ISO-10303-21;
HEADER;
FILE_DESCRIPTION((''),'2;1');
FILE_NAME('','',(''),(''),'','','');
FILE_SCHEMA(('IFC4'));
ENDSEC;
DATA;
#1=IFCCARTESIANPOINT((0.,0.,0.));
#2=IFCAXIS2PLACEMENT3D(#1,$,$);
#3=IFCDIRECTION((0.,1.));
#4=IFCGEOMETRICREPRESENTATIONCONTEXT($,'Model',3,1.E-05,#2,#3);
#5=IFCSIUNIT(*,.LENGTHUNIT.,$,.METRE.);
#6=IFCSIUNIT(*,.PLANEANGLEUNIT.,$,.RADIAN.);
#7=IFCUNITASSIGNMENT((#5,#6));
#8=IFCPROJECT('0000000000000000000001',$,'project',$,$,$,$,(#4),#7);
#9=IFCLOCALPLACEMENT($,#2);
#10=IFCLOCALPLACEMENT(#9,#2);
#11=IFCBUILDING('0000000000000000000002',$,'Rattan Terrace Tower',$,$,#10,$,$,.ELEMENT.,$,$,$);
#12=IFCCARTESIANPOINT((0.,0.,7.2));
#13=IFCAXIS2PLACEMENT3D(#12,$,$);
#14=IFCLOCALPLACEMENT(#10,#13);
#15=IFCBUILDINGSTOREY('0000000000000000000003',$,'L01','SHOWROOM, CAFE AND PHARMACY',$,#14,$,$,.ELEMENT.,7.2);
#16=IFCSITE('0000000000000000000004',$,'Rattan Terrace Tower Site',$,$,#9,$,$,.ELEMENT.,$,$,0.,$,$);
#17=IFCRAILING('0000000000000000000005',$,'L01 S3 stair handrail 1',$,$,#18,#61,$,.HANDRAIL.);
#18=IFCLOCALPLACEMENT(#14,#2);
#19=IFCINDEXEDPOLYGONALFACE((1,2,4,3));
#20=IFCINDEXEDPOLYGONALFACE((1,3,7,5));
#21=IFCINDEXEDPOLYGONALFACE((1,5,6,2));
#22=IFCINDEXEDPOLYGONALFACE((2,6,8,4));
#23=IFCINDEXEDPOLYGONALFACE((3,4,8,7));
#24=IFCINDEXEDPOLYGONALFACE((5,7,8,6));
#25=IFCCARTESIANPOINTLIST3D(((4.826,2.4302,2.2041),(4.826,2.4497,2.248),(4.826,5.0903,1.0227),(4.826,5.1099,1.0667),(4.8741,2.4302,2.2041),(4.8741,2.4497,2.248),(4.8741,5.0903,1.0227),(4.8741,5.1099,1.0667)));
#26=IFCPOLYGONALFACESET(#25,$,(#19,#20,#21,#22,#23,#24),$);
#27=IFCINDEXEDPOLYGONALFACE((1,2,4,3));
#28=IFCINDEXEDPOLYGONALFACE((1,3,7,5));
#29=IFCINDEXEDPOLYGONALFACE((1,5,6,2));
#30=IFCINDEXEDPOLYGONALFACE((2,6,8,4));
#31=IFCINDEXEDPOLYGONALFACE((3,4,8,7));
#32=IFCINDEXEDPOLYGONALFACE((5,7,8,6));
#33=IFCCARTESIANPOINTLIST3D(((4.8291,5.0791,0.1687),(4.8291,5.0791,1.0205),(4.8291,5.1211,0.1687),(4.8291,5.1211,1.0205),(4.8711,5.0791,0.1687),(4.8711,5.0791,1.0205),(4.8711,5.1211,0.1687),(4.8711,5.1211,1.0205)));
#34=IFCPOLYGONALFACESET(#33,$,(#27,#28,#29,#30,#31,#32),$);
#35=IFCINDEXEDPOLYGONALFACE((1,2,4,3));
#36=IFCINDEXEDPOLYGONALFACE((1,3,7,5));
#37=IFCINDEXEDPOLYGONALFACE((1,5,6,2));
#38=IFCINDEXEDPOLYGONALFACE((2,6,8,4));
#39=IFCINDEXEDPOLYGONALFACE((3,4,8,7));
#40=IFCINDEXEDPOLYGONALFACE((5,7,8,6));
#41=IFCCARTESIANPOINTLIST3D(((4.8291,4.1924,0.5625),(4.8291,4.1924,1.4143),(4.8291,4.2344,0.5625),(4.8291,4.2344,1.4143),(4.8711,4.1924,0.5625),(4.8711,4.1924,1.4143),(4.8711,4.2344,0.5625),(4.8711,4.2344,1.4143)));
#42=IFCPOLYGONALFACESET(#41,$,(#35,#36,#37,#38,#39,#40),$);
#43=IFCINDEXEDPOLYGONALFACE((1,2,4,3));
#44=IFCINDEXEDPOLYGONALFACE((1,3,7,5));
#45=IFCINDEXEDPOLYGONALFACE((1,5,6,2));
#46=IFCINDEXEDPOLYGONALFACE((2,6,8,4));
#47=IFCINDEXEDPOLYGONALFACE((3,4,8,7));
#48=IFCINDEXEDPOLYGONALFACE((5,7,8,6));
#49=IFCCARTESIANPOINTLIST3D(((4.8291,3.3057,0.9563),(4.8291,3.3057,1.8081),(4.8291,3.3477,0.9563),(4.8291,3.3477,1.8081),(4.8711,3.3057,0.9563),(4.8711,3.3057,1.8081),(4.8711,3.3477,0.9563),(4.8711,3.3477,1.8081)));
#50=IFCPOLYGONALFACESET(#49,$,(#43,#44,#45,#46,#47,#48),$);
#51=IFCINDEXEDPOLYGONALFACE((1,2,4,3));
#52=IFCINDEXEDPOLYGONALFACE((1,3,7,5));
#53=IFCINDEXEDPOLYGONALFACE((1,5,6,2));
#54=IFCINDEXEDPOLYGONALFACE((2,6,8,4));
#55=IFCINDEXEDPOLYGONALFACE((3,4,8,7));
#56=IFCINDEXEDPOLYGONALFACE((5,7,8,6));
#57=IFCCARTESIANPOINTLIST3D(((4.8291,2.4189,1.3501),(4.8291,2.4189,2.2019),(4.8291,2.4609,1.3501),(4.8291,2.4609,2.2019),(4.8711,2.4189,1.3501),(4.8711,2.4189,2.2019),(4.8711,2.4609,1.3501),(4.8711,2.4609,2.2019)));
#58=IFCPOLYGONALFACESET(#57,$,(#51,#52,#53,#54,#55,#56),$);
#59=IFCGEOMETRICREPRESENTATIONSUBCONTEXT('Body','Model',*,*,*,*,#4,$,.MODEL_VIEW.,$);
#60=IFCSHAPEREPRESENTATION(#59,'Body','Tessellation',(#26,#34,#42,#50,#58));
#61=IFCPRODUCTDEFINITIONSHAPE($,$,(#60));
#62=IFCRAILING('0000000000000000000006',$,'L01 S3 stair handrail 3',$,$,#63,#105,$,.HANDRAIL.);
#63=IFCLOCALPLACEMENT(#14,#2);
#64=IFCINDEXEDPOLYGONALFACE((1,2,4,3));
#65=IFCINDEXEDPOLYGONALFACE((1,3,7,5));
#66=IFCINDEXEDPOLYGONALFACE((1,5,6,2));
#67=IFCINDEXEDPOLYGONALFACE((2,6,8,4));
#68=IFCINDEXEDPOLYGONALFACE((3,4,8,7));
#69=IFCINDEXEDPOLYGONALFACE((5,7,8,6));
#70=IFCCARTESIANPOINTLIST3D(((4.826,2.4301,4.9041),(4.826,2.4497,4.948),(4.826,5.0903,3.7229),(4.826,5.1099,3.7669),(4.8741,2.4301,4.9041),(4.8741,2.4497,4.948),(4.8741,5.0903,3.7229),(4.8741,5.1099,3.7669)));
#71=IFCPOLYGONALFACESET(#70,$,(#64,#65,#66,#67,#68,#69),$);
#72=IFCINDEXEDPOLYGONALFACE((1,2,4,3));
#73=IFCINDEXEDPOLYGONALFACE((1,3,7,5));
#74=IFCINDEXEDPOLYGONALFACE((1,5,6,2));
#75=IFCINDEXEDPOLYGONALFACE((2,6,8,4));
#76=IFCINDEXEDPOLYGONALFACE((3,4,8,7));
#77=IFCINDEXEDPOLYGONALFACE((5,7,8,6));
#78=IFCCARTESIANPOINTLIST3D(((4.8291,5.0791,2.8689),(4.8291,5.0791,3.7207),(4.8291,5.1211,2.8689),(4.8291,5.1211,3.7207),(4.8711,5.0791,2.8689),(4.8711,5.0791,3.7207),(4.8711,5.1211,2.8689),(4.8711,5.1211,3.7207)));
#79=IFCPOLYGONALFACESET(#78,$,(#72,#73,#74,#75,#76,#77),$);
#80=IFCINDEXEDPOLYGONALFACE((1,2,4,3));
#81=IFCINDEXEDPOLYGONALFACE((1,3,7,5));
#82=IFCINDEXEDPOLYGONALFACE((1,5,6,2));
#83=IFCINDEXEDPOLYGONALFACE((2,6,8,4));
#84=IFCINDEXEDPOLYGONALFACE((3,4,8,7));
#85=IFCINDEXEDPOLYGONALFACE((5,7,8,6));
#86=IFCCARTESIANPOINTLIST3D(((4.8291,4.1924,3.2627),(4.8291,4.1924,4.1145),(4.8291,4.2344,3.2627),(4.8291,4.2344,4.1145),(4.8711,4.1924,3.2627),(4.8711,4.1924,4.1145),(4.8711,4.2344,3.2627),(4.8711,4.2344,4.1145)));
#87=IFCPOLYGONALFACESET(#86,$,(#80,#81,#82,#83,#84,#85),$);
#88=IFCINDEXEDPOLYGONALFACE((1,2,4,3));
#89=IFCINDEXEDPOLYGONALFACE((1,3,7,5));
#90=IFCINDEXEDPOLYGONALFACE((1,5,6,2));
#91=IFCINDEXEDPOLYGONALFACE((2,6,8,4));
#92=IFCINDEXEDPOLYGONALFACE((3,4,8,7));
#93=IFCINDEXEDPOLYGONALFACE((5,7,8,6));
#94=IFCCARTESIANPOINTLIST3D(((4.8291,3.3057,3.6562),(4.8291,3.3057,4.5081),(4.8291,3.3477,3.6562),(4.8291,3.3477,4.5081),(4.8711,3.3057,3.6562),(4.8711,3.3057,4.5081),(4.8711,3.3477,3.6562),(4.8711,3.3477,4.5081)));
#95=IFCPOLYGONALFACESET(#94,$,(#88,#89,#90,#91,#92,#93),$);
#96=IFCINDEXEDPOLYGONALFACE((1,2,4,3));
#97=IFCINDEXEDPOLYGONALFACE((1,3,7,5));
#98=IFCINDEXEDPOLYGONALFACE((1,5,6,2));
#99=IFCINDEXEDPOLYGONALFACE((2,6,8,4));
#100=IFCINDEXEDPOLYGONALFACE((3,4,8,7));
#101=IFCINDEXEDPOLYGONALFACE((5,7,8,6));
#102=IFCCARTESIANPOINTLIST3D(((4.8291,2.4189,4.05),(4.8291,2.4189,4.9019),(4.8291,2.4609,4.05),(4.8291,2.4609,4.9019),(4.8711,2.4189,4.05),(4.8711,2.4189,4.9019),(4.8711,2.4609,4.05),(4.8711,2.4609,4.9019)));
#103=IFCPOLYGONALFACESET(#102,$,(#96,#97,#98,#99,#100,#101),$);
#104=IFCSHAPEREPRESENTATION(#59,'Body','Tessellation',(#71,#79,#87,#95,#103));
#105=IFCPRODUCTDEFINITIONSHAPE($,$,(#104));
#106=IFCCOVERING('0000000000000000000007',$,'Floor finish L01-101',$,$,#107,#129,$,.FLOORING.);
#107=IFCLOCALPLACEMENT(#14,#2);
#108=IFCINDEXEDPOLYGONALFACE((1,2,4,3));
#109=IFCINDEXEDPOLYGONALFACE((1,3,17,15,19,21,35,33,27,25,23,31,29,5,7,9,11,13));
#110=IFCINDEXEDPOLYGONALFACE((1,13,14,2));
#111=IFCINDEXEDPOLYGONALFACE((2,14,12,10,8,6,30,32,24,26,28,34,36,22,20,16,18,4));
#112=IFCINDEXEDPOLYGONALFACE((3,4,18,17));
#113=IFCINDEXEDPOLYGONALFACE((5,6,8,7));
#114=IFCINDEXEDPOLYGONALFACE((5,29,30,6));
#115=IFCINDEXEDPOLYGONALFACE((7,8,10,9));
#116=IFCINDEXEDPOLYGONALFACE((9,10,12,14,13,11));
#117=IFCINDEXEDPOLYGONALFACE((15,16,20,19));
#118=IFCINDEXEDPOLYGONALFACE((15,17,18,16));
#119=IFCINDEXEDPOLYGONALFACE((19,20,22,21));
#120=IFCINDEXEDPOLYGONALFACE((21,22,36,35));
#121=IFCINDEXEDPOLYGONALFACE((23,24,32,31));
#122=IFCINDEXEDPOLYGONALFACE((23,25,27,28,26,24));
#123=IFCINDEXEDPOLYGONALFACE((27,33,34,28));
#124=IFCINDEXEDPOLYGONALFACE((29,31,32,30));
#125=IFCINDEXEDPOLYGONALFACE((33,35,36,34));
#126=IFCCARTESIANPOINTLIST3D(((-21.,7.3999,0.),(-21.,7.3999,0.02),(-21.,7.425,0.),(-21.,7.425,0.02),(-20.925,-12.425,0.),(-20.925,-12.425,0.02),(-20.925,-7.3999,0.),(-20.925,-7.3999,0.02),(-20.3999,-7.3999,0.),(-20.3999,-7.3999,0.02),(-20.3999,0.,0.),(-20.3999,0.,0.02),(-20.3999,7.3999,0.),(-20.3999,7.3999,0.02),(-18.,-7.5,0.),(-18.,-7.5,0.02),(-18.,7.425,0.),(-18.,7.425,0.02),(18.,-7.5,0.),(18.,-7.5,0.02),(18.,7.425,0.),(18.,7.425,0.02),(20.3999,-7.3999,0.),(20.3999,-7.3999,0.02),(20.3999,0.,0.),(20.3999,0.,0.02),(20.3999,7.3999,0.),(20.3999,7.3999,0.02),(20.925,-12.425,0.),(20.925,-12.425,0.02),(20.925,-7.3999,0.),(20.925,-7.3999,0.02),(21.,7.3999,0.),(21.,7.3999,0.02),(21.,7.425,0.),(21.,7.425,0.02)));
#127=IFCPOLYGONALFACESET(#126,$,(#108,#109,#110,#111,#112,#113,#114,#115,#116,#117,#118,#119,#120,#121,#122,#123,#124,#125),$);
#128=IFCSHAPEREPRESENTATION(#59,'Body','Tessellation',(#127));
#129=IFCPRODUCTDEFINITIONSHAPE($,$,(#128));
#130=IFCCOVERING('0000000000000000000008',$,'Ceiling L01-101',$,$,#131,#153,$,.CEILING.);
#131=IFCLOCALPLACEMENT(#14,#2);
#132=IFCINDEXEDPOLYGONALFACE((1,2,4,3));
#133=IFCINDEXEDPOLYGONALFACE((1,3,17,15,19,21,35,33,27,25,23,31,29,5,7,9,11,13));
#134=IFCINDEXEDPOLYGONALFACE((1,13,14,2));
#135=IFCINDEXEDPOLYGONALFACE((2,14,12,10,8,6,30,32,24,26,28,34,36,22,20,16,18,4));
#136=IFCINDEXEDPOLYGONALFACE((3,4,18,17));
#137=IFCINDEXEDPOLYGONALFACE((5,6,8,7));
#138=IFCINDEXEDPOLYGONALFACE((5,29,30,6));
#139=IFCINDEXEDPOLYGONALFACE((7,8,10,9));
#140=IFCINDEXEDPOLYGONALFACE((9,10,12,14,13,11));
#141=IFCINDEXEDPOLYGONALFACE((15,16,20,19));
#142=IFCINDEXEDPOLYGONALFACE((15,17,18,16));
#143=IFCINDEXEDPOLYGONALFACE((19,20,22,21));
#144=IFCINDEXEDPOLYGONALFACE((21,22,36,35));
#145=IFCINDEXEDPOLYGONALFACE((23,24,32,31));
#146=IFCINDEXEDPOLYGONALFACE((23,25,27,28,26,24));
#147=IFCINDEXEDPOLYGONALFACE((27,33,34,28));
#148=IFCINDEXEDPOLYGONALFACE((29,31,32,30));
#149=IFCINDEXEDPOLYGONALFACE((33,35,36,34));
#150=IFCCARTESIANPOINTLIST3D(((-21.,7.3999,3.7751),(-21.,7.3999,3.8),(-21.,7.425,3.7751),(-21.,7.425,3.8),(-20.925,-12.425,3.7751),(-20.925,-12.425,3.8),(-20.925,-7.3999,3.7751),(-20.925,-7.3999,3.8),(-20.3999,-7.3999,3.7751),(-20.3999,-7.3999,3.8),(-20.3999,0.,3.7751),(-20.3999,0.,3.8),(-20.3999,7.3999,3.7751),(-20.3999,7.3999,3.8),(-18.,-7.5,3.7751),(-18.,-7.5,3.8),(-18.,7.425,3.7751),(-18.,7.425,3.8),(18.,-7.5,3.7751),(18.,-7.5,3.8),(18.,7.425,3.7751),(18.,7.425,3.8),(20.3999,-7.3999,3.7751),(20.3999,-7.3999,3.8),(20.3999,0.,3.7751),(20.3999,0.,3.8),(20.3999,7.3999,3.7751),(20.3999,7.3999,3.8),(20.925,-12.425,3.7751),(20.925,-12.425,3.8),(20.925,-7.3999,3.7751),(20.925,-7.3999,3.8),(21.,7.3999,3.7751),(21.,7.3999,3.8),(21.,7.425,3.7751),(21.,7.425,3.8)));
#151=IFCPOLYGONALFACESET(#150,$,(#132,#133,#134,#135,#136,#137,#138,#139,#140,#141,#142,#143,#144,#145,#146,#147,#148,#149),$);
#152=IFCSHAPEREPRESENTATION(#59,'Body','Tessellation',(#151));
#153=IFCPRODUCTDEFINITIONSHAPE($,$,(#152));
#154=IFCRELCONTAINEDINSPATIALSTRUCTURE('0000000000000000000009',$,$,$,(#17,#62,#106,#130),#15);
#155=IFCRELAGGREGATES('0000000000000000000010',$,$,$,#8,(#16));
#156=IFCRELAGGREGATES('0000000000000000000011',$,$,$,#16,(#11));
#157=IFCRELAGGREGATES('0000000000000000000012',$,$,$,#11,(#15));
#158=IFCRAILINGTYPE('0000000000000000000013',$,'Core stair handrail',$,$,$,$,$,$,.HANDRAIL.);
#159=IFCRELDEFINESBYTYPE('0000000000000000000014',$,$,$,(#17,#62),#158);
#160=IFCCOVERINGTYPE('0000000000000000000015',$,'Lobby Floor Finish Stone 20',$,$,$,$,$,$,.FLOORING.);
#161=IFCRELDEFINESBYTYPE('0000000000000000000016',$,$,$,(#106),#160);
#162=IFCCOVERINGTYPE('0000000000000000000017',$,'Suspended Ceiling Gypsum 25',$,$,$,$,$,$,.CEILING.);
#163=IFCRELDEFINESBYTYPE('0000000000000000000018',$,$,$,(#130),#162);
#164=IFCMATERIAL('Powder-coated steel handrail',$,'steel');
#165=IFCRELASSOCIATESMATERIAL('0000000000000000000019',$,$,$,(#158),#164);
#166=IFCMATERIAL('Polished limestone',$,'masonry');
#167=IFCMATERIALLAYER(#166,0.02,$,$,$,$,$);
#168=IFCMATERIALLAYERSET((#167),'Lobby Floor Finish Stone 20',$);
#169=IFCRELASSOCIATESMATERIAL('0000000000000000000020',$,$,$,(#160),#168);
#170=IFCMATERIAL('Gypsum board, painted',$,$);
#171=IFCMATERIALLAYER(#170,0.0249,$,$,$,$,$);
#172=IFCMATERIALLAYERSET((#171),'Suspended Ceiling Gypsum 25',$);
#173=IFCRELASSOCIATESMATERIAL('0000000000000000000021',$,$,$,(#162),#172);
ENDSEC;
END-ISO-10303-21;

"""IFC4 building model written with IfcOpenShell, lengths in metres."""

from ifc_helpers import new_model, si_unit, direction, frame, origin, origin_2d, place, context, subcontext, project, spatial, polyline, rectangle, outline, extrude, material, layer, layer_set, type_object, element, save


model = new_model("IFC4")

# Units and contexts
model_context = context("Model", 3, precision=1e-05, world=origin(), true_north=direction((0.0, 1.0)))
body_context = subcontext(model_context, "Body", "Model", "MODEL_VIEW")
ifc_project = project(units=[si_unit("LENGTHUNIT", "METRE"), si_unit("PLANEANGLEUNIT", "RADIAN")], contexts=[model_context])

# Site, building, storey
site_placement = place(None, origin())
site = spatial("IfcSite", under=ifc_project, at=site_placement, Name="Rattan Terrace Tower Site", CompositionType="ELEMENT", RefElevation=0.0)
building_placement = place(site_placement, origin())
building = spatial("IfcBuilding", under=site, at=building_placement, Name="Rattan Terrace Tower", CompositionType="ELEMENT")
storey_placement = place(building_placement, frame((0.0, 0.0, 7.2)))
storey = spatial("IfcBuildingStorey", under=building, at=storey_placement, Name="L01", Description="SHOWROOM, CAFE AND PHARMACY", CompositionType="ELEMENT", Elevation=7.2)

# Railings
ifc_material_1 = material(Name="Powder-coated steel handrail", Category="steel")
railing_type_1 = type_object("IfcRailingType", Name="Core stair handrail", PredefinedType="HANDRAIL", material=ifc_material_1)
railing_1_placement = place(storey_placement, frame((4.8501, 5.1001, 0.1687)))
element("IfcRailing", 1, at=railing_1_placement, inside=storey, type_object=railing_type_1, Name="L01 S3 stair handrail 1", PredefinedType="HANDRAIL", context=body_context, shape_type="SweptSolid", body=[
    extrude(rectangle(XDim=0.0481, YDim=0.0481, at=origin_2d()), frame((0.0, 0.0, 0.876), z_axis=(0.0, -0.913926, 0.405882), x_axis=(1.0, 0.0, 0.0)), (0.0, 0.0, 1.0), 2.9106),
    extrude(rectangle(XDim=0.042, YDim=0.042, at=origin_2d()), origin(), (0.0, 0.0, 1.0), 0.8518),
    extrude(rectangle(XDim=0.042, YDim=0.042, at=origin_2d()), frame((0.0, -0.8867, 0.3938)), (0.0, 0.0, 1.0), 0.8518),
    extrude(rectangle(XDim=0.042, YDim=0.042, at=origin_2d()), frame((0.0, -1.7734, 0.7876)), (0.0, 0.0, 1.0), 0.8518),
    extrude(rectangle(XDim=0.042, YDim=0.042, at=origin_2d()), frame((0.0, -2.6602, 1.1814)), (0.0, 0.0, 1.0), 0.8518),
])
railing_2_placement = place(storey_placement, frame((4.8501, 5.1001, 2.8689)))
element("IfcRailing", 2, at=railing_2_placement, inside=storey, type_object=railing_type_1, Name="L01 S3 stair handrail 3", PredefinedType="HANDRAIL", context=body_context, shape_type="SweptSolid", body=[
    extrude(rectangle(XDim=0.0481, YDim=0.0481, at=origin_2d()), frame((0.0, 0.0, 0.876), z_axis=(0.0, -0.913957, 0.405812), x_axis=(1.0, 0.0, 0.0)), (0.0, 0.0, 1.0), 2.9106),
    extrude(rectangle(XDim=0.042, YDim=0.042, at=origin_2d()), origin(), (0.0, 0.0, 1.0), 0.8518),
    extrude(rectangle(XDim=0.042, YDim=0.042, at=origin_2d()), frame((0.0, -0.8867, 0.3938)), (0.0, 0.0, 1.0), 0.8518),
    extrude(rectangle(XDim=0.042, YDim=0.042, at=origin_2d()), frame((0.0, -1.7734, 0.7874)), (0.0, 0.0, 1.0), 0.8518),
    extrude(rectangle(XDim=0.042, YDim=0.042, at=origin_2d()), frame((0.0, -2.6602, 1.1812)), (0.0, 0.0, 1.0), 0.8518),
])

# Coverings
ifc_material_2 = material(Name="Polished limestone", Category="masonry")
ifc_layer_1 = layer(ifc_material_2, 0.02)
ifc_layer_set_1 = layer_set([ifc_layer_1], Name="Lobby Floor Finish Stone 20")
covering_type_1 = type_object("IfcCoveringType", Name="Lobby Floor Finish Stone 20", PredefinedType="FLOORING", material=ifc_layer_set_1)
covering_1_placement = place(storey_placement, origin())
element("IfcCovering", 3, at=covering_1_placement, inside=storey, type_object=covering_type_1, Name="Floor finish L01-101", PredefinedType="FLOORING", context=body_context, shape_type="SweptSolid", body=[
    extrude(outline(polyline([(-20.3999, 7.3999), (-20.3999, 0.0), (-20.3999, -7.3999), (-20.925, -7.3999), (-20.925, -12.425), (20.925, -12.425), (20.925, -7.3999), (20.3999, -7.3999), (20.3999, 0.0), (20.3999, 7.3999), (21.0, 7.3999), (21.0, 7.425), (18.0, 7.425), (18.0, -7.5), (-18.0, -7.5), (-18.0, 7.425), (-21.0, 7.425), (-21.0, 7.3999), (-20.3999, 7.3999)])), origin(), (0.0, 0.0, 1.0), 0.02),
])
ifc_material_3 = material(Name="Gypsum board, painted")
ifc_layer_2 = layer(ifc_material_3, 0.0249)
ifc_layer_set_2 = layer_set([ifc_layer_2], Name="Suspended Ceiling Gypsum 25")
covering_type_2 = type_object("IfcCoveringType", Name="Suspended Ceiling Gypsum 25", PredefinedType="CEILING", material=ifc_layer_set_2)
covering_2_placement = place(storey_placement, frame((0.0, 0.0, 3.7751)))
element("IfcCovering", 4, at=covering_2_placement, inside=storey, type_object=covering_type_2, Name="Ceiling L01-101", PredefinedType="CEILING", context=body_context, shape_type="SweptSolid", body=[
    extrude(outline(polyline([(-20.3999, 7.3999), (-20.3999, 0.0), (-20.3999, -7.3999), (-20.925, -7.3999), (-20.925, -12.425), (20.925, -12.425), (20.925, -7.3999), (20.3999, -7.3999), (20.3999, 0.0), (20.3999, 7.3999), (21.0, 7.3999), (21.0, 7.425), (18.0, 7.425), (18.0, -7.5), (-18.0, -7.5), (-18.0, 7.425), (-21.0, 7.425), (-21.0, 7.3999), (-20.3999, 7.3999)])), origin(), (0.0, 0.0, 1.0), 0.0249),
])

save(model, "model.ifc")
